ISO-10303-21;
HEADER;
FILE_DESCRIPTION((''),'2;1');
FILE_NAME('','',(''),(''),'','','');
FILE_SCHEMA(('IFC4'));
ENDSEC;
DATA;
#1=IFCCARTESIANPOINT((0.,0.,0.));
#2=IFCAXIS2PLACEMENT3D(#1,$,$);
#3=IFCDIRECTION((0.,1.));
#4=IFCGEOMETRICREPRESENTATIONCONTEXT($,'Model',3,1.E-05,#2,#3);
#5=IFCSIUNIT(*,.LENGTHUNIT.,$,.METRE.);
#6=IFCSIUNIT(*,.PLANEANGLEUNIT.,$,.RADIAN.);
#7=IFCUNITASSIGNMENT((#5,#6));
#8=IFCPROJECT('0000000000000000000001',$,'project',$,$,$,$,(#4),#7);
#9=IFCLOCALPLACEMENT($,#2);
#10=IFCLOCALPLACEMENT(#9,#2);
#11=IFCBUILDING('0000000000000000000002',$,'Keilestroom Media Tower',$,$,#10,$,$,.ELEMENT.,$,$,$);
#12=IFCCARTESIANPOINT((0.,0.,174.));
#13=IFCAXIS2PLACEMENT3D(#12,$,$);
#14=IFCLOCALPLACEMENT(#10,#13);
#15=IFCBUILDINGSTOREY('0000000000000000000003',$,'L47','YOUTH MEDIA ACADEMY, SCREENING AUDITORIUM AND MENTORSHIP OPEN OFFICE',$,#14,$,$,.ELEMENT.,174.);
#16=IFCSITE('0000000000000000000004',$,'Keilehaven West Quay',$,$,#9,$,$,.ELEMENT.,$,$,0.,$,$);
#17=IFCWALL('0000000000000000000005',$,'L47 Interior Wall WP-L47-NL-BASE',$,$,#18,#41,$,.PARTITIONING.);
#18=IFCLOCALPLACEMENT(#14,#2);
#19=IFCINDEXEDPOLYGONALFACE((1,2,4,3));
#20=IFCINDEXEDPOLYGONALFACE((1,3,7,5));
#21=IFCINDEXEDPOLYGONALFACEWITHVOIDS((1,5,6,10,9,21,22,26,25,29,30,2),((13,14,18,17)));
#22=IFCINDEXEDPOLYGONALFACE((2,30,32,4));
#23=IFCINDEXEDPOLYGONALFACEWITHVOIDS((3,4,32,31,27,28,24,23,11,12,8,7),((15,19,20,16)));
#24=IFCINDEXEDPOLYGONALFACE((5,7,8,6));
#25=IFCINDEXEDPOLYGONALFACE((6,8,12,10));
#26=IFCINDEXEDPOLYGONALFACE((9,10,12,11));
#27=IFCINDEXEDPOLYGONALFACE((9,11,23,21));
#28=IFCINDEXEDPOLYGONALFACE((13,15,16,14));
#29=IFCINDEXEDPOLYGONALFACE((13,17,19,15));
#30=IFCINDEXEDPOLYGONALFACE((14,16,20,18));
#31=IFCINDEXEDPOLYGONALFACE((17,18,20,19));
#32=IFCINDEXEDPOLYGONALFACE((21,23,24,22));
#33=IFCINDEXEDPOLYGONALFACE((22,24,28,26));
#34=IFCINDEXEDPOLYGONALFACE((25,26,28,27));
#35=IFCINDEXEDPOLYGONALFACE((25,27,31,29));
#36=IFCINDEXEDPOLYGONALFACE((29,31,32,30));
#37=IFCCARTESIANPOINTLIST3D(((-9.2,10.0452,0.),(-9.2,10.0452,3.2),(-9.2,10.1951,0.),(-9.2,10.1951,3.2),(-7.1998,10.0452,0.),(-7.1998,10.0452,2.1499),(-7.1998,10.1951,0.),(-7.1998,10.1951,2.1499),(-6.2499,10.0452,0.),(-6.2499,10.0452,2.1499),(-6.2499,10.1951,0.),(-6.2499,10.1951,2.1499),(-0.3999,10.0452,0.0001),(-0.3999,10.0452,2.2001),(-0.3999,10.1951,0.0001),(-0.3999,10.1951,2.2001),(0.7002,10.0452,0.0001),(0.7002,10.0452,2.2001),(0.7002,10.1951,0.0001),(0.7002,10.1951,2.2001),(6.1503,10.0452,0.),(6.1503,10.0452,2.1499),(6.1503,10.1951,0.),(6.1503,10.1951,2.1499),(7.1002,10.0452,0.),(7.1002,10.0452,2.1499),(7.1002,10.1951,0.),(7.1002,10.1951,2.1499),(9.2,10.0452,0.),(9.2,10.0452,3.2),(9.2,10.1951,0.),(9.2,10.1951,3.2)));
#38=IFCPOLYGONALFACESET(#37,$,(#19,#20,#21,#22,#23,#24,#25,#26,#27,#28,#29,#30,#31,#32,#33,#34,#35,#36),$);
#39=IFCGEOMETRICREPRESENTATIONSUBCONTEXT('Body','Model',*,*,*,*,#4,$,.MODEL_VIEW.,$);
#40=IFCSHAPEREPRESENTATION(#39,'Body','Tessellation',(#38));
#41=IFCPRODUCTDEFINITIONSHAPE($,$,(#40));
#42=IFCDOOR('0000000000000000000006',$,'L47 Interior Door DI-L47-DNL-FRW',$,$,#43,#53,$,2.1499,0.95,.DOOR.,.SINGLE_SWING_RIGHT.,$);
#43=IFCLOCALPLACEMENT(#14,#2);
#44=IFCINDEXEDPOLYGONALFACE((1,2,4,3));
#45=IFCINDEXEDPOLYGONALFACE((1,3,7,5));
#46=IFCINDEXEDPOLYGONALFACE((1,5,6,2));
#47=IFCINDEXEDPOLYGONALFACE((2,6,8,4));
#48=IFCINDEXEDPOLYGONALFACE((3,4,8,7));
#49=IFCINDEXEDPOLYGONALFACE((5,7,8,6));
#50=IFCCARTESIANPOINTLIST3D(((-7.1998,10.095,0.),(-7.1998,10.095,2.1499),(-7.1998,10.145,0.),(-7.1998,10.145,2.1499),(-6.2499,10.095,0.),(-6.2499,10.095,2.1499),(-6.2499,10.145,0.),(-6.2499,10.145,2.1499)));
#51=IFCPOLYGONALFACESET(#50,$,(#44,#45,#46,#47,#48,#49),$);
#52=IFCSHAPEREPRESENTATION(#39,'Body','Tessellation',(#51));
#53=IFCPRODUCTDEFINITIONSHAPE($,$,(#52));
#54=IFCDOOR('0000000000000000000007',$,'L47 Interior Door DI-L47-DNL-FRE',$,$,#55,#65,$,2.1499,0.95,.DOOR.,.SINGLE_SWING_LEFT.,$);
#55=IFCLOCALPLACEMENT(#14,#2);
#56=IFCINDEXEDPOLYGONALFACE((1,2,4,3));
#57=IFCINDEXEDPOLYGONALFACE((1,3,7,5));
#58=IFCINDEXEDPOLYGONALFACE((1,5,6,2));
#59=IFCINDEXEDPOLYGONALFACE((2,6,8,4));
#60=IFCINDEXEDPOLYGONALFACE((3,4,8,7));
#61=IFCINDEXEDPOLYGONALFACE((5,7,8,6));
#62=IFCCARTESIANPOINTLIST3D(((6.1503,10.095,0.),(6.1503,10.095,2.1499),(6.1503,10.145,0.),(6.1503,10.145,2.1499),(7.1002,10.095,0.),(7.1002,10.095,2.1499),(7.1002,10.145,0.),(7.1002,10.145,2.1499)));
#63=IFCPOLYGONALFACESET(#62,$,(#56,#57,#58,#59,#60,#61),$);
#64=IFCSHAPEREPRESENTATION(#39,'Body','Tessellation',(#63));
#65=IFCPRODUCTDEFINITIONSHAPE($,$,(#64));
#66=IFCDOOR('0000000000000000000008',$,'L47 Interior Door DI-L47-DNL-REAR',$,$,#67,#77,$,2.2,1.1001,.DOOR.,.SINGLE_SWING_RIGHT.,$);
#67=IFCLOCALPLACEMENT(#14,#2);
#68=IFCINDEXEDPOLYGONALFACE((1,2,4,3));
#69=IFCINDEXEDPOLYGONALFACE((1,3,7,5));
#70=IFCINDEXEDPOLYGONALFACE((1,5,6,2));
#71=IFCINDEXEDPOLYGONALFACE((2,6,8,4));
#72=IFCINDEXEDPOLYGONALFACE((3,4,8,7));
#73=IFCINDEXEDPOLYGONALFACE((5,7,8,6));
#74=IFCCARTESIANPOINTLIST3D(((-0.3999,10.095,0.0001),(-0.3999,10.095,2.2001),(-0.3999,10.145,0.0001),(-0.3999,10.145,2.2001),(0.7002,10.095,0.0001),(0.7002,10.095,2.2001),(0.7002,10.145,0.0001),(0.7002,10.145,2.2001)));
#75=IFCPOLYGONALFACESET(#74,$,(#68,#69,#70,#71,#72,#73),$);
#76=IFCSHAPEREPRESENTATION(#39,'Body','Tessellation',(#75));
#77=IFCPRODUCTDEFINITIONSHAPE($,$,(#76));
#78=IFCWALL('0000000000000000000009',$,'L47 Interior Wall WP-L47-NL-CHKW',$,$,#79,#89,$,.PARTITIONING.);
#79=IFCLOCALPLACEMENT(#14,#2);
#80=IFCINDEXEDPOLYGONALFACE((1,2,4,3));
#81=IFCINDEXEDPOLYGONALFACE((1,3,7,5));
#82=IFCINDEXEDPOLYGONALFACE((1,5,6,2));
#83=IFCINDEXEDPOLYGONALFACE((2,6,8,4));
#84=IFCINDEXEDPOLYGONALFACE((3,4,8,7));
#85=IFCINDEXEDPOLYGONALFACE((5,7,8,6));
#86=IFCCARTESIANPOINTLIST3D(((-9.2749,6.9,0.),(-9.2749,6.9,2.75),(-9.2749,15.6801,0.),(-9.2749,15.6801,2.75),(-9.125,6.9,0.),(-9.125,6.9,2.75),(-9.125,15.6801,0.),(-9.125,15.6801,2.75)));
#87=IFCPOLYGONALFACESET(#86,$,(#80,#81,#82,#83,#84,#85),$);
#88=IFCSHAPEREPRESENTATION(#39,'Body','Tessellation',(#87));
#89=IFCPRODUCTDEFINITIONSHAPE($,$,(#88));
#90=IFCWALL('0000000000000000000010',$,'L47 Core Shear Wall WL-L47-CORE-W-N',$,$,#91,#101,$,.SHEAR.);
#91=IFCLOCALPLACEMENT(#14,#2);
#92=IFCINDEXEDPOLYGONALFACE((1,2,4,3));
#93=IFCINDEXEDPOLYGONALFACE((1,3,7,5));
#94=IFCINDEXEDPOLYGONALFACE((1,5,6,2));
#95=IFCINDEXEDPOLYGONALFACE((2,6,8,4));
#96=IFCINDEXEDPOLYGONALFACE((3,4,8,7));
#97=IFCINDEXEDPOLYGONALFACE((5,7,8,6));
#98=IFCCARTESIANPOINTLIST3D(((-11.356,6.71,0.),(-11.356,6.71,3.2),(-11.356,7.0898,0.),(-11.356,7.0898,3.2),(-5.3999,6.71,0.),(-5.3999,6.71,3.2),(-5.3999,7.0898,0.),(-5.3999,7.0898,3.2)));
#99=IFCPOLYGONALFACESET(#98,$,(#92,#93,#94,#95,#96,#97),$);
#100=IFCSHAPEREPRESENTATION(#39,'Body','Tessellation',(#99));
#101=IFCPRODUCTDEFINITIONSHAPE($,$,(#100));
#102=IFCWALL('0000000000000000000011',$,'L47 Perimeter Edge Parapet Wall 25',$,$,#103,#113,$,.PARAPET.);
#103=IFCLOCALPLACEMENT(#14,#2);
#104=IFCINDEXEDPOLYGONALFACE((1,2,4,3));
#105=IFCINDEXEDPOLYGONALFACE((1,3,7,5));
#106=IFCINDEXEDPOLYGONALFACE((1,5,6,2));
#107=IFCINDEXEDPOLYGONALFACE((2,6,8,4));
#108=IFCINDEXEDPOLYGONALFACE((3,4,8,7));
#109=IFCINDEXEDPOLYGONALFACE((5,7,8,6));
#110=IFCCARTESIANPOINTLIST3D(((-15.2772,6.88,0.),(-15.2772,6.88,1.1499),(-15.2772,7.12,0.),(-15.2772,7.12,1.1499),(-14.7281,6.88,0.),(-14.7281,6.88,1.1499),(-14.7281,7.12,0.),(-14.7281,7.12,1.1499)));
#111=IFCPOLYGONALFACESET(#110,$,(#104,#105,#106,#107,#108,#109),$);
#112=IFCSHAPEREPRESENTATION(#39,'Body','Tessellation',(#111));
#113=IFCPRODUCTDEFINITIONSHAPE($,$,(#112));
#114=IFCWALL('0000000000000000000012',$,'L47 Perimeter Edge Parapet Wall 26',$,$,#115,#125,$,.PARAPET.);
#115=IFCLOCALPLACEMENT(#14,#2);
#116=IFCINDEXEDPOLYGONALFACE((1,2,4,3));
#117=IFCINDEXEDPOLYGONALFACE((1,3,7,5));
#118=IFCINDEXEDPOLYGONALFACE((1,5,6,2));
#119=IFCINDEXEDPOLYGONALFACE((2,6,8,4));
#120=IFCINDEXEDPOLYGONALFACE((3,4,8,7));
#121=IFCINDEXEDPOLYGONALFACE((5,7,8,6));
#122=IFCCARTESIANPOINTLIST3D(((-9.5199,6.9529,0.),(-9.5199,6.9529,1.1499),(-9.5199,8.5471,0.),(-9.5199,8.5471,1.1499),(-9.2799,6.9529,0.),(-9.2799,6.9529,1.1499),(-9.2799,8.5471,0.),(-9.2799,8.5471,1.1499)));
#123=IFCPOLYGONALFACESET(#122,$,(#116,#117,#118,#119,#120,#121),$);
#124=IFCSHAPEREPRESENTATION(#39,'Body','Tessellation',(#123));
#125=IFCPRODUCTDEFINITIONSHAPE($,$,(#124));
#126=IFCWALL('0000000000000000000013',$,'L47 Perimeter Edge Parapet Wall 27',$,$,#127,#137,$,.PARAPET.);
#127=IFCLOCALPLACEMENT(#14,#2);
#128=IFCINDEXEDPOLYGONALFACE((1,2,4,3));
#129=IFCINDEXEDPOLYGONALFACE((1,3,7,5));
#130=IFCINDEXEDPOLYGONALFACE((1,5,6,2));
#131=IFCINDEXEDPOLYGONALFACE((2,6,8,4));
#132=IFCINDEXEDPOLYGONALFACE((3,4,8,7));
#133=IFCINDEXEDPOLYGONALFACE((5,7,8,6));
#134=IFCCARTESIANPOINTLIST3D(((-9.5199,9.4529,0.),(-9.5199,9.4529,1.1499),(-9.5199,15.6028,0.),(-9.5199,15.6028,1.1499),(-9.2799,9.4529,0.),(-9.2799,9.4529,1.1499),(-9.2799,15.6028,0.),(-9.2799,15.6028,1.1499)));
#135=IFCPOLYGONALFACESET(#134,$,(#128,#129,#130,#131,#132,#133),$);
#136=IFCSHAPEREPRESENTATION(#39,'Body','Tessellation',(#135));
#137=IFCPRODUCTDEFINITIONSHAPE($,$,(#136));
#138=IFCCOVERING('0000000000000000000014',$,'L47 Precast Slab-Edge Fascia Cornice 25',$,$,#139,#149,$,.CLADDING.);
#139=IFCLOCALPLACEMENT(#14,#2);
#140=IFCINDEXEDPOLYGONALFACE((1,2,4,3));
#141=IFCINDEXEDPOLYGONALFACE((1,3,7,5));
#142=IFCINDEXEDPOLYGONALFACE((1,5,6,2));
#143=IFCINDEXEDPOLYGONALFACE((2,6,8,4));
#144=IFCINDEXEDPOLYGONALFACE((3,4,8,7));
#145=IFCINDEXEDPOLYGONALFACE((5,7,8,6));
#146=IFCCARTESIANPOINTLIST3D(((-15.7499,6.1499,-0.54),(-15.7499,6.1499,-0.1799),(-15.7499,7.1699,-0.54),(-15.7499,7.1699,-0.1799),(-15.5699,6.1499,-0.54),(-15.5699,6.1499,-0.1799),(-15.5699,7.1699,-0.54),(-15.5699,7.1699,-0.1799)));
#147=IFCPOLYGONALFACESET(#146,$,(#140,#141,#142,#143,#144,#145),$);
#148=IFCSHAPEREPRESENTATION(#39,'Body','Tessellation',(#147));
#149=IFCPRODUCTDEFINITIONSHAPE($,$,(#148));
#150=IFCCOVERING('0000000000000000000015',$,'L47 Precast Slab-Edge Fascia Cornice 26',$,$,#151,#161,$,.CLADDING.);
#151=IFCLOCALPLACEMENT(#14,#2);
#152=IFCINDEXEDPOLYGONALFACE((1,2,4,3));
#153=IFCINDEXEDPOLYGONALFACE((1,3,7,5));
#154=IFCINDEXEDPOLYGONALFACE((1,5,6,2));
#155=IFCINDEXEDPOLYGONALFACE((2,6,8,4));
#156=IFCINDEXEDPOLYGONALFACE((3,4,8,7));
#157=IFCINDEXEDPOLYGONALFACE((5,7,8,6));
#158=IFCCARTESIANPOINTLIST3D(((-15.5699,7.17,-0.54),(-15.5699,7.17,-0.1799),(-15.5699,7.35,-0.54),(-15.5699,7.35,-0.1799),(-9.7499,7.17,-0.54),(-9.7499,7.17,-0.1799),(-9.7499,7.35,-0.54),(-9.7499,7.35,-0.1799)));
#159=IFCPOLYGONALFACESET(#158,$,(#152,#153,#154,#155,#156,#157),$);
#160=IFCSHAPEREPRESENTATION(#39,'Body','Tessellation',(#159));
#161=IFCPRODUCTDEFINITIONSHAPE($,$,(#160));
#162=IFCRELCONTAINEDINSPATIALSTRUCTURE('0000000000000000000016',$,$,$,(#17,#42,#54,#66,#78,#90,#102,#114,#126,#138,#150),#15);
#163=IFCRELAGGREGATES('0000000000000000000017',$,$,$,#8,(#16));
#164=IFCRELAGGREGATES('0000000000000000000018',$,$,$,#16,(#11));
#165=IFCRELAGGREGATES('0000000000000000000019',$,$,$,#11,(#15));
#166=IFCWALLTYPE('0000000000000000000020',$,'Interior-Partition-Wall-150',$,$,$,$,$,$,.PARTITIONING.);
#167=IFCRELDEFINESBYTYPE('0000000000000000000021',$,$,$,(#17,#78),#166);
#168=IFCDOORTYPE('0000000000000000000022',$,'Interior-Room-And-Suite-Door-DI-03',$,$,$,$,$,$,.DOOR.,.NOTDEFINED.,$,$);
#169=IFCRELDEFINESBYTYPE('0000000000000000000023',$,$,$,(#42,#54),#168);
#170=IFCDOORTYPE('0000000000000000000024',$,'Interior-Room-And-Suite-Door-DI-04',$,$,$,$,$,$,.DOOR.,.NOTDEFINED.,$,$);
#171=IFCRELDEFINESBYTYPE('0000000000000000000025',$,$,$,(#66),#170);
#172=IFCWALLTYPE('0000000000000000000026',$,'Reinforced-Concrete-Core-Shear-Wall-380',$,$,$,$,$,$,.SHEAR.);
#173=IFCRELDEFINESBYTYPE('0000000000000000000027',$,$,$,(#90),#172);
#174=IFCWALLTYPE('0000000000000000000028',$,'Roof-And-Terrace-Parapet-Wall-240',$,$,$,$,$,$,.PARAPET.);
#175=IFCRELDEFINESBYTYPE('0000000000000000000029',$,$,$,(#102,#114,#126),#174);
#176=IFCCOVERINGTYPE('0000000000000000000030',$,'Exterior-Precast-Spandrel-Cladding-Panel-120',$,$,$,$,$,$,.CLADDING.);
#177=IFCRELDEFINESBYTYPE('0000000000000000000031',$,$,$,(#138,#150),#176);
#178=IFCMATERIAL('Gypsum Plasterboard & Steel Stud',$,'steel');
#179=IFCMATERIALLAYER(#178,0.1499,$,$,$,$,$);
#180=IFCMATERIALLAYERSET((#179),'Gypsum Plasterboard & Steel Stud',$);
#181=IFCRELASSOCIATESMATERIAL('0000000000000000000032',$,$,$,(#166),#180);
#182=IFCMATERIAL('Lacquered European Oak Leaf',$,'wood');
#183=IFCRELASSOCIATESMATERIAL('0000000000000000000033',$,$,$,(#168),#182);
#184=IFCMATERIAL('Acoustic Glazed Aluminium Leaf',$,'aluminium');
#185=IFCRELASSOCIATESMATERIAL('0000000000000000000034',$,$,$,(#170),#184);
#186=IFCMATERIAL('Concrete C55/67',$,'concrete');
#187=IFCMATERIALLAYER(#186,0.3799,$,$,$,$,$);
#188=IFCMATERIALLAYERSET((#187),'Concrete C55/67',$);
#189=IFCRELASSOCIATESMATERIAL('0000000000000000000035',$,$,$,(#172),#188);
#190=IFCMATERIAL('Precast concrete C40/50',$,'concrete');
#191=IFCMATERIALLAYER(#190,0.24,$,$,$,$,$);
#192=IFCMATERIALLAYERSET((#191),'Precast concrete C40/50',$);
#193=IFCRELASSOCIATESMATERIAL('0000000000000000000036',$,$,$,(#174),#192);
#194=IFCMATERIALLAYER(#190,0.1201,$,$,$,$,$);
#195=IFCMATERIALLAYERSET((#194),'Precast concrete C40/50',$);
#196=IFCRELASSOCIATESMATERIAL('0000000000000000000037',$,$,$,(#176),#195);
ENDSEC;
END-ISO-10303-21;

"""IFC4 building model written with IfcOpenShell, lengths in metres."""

from ifc_helpers import new_model, si_unit, direction, frame, frame_2d, origin, origin_2d, place, context, subcontext, project, spatial, rectangle, extrude, source, transform, mapped, material, layer, layer_set, type_object, element, fill, save


model = new_model("IFC4")

# Units and contexts
model_context = context("Model", 3, precision=1e-05, world=origin(), true_north=direction((0.0, 1.0)))
body_context = subcontext(model_context, "Body", "Model", "MODEL_VIEW")
ifc_project = project(units=[si_unit("LENGTHUNIT", "METRE"), si_unit("PLANEANGLEUNIT", "RADIAN")], contexts=[model_context])

# Site, building, storey
site_placement = place(None, origin())
site = spatial("IfcSite", under=ifc_project, at=site_placement, Name="Keilehaven West Quay", CompositionType="ELEMENT", RefElevation=0.0)
building_placement = place(site_placement, origin())
building = spatial("IfcBuilding", under=site, at=building_placement, Name="Keilestroom Media Tower", CompositionType="ELEMENT")
storey_placement = place(building_placement, frame((0.0, 0.0, 174.0)))
storey = spatial("IfcBuildingStorey", under=building, at=storey_placement, Name="L47", Description="YOUTH MEDIA ACADEMY, SCREENING AUDITORIUM AND MENTORSHIP OPEN OFFICE", CompositionType="ELEMENT", Elevation=174.0)

# Shared definitions
ifc_material_1 = material(Name="Precast concrete C40/50", Category="concrete")
ifc_material_2 = material(Name="Concrete C55/67", Category="concrete")

# Shared definitions
ifc_material_3 = material(Name="Gypsum Plasterboard & Steel Stud", Category="steel")

# Wall, openings, doors
ifc_layer_1 = layer(ifc_material_3, 0.1499)
ifc_layer_set_1 = layer_set([ifc_layer_1], Name="Gypsum Plasterboard & Steel Stud")
wall_type_1 = type_object("IfcWallType", Name="Interior-Partition-Wall-150", PredefinedType="PARTITIONING", material=ifc_layer_set_1)
wall_1_placement = place(storey_placement, frame((-9.2, 10.1201, 0.0), z_axis=(0.0, 0.0, 1.0), x_axis=(1.0, 0.0, 0.0)))
wall_1 = element("IfcWall", 1, at=wall_1_placement, inside=storey, type_object=wall_type_1, Name="L47 Interior Wall WP-L47-NL-BASE", PredefinedType="PARTITIONING", context=body_context, shape_type="SweptSolid", body=[
    extrude(rectangle(XDim=18.3999, YDim=0.1499, at=frame_2d((9.2, 0.0))), origin(), (0.0, 0.0, 1.0), 3.2),
])
opening_1_placement = place(wall_1_placement, frame((2.0, 0.0, 0.0)))
opening_1 = element("IfcOpeningElement", 2, at=opening_1_placement, cuts=wall_1, PredefinedType="OPENING", context=body_context, shape_type="SweptSolid", body=[
    extrude(rectangle(XDim=0.95, YDim=2.1499, at=frame_2d((0.4751, 1.075))), frame((0.0, 0.085, 0.0), z_axis=(0.0, -1.0, 0.0), x_axis=(1.0, 0.0, 0.0)), (0.0, 0.0, 1.0), 0.1699),
])
opening_2_placement = place(wall_1_placement, frame((15.3501, 0.0, 0.0)))
opening_2 = element("IfcOpeningElement", 3, at=opening_2_placement, cuts=wall_1, PredefinedType="OPENING", context=body_context, shape_type="SweptSolid", body=[
    extrude(rectangle(XDim=0.95, YDim=2.1499, at=frame_2d((0.4751, 1.075))), frame((0.0, 0.085, 0.0), z_axis=(0.0, -1.0, 0.0), x_axis=(1.0, 0.0, 0.0)), (0.0, 0.0, 1.0), 0.1699),
])
opening_3_placement = place(wall_1_placement, frame((8.8, 0.0, 0.0)))
opening_3 = element("IfcOpeningElement", 4, at=opening_3_placement, cuts=wall_1, PredefinedType="OPENING", context=body_context, shape_type="SweptSolid", body=[
    extrude(rectangle(XDim=1.1001, YDim=2.2, at=frame_2d((0.55, 1.1001))), frame((0.0, 0.085, 0.0), z_axis=(0.0, -1.0, 0.0), x_axis=(1.0, 0.0, 0.0)), (0.0, 0.0, 1.0), 0.1699),
])
ifc_material_4 = material(Name="Lacquered European Oak Leaf", Category="wood")
door_type_1 = type_object("IfcDoorType", Name="Interior-Room-And-Suite-Door-DI-03", OperationType="NOTDEFINED", PredefinedType="DOOR", material=ifc_material_4)
shared_shape_1 = source(origin(), body_context, "Body", "SweptSolid", [
    extrude(rectangle(XDim=0.95, YDim=2.1499, at=frame_2d((0.4751, 1.075))), frame((0.0, 0.0249, 0.0), z_axis=(0.0, -1.0, 0.0), x_axis=(1.0, 0.0, 0.0)), (0.0, 0.0, 1.0), 0.05),
])
door_1_placement = place(opening_1_placement, origin())
door_1 = element("IfcDoor", 5, at=door_1_placement, inside=storey, type_object=door_type_1, Name="L47 Interior Door DI-L47-DNL-FRW", OperationType="SINGLE_SWING_RIGHT", OverallHeight=2.1499, OverallWidth=0.95, PredefinedType="DOOR", context=body_context, shape_type="MappedRepresentation", body=[
    mapped(shared_shape_1, transform((0.0, 0.0, 0.0), x_axis=(1.0, 0.0, 0.0), y_axis=(0.0, 1.0, 0.0), z_axis=(0.0, 0.0, 1.0), scale=1.0)),
])
fill(opening_1, door_1)
door_2_placement = place(opening_2_placement, origin())
door_2 = element("IfcDoor", 6, at=door_2_placement, inside=storey, type_object=door_type_1, Name="L47 Interior Door DI-L47-DNL-FRE", OperationType="SINGLE_SWING_LEFT", OverallHeight=2.1499, OverallWidth=0.95, PredefinedType="DOOR", context=body_context, shape_type="MappedRepresentation", body=[
    mapped(shared_shape_1, transform((0.0, 0.0, 0.0), x_axis=(1.0, 0.0, 0.0), y_axis=(0.0, 1.0, 0.0), z_axis=(0.0, 0.0, 1.0), scale=1.0)),
])
fill(opening_2, door_2)
ifc_material_5 = material(Name="Acoustic Glazed Aluminium Leaf", Category="aluminium")
door_type_2 = type_object("IfcDoorType", Name="Interior-Room-And-Suite-Door-DI-04", OperationType="NOTDEFINED", PredefinedType="DOOR", material=ifc_material_5)
shared_shape_2 = source(origin(), body_context, "Body", "SweptSolid", [
    extrude(rectangle(XDim=1.1001, YDim=2.2, at=frame_2d((0.55, 1.1001))), frame((0.0, 0.0249, 0.0), z_axis=(0.0, -1.0, 0.0), x_axis=(1.0, 0.0, 0.0)), (0.0, 0.0, 1.0), 0.05),
])
door_3_placement = place(opening_3_placement, origin())
door_3 = element("IfcDoor", 7, at=door_3_placement, inside=storey, type_object=door_type_2, Name="L47 Interior Door DI-L47-DNL-REAR", OperationType="SINGLE_SWING_RIGHT", OverallHeight=2.2, OverallWidth=1.1001, PredefinedType="DOOR", context=body_context, shape_type="MappedRepresentation", body=[
    mapped(shared_shape_2, transform((0.0, 0.0, 0.0), x_axis=(1.0, 0.0, 0.0), y_axis=(0.0, 1.0, 0.0), z_axis=(0.0, 0.0, 1.0), scale=1.0)),
])
fill(opening_3, door_3)

# Walls
wall_2_placement = place(storey_placement, frame((-9.2, 6.8999, 0.0), z_axis=(0.0, 0.0, 1.0), x_axis=(0.0, 1.0, 0.0)))
element("IfcWall", 8, at=wall_2_placement, inside=storey, type_object=wall_type_1, Name="L47 Interior Wall WP-L47-NL-CHKW", PredefinedType="PARTITIONING", context=body_context, shape_type="SweptSolid", body=[
    extrude(rectangle(XDim=8.78, YDim=0.1499, at=frame_2d((4.3901, 0.0))), origin(), (0.0, 0.0, 1.0), 2.75),
])
ifc_layer_2 = layer(ifc_material_2, 0.3799)
ifc_layer_set_2 = layer_set([ifc_layer_2], Name="Concrete C55/67")
wall_type_2 = type_object("IfcWallType", Name="Reinforced-Concrete-Core-Shear-Wall-380", PredefinedType="SHEAR", material=ifc_layer_set_2)
wall_3_placement = place(storey_placement, frame((-11.356, 6.8999, 0.0), z_axis=(0.0, 0.0, 1.0), x_axis=(1.0, 0.0, 0.0)))
element("IfcWall", 9, at=wall_3_placement, inside=storey, type_object=wall_type_2, Name="L47 Core Shear Wall WL-L47-CORE-W-N", PredefinedType="SHEAR", context=body_context, shape_type="SweptSolid", body=[
    extrude(rectangle(XDim=5.9561, YDim=0.3799, at=frame_2d((2.978, 0.0))), origin(), (0.0, 0.0, 1.0), 3.2),
])
ifc_layer_3 = layer(ifc_material_1, 0.24)
ifc_layer_set_3 = layer_set([ifc_layer_3], Name="Precast concrete C40/50")
wall_type_3 = type_object("IfcWallType", Name="Roof-And-Terrace-Parapet-Wall-240", PredefinedType="PARAPET", material=ifc_layer_set_3)
wall_4_placement = place(storey_placement, frame((-15.2771, 7.0, 0.0), z_axis=(0.0, 0.0, 1.0), x_axis=(1.0, 0.0, 0.0)))
element("IfcWall", 10, at=wall_4_placement, inside=storey, type_object=wall_type_3, Name="L47 Perimeter Edge Parapet Wall 25", PredefinedType="PARAPET", context=body_context, shape_type="SweptSolid", body=[
    extrude(rectangle(XDim=0.5491, YDim=0.24, at=frame_2d((0.2744, 0.0))), origin(), (0.0, 0.0, 1.0), 1.1499),
])
wall_5_placement = place(storey_placement, frame((-9.3999, 6.9529, 0.0), z_axis=(0.0, 0.0, 1.0), x_axis=(0.0, 1.0, 0.0)))
element("IfcWall", 11, at=wall_5_placement, inside=storey, type_object=wall_type_3, Name="L47 Perimeter Edge Parapet Wall 26", PredefinedType="PARAPET", context=body_context, shape_type="SweptSolid", body=[
    extrude(rectangle(XDim=1.5942, YDim=0.24, at=frame_2d((0.7971, 0.0))), origin(), (0.0, 0.0, 1.0), 1.1499),
])
wall_6_placement = place(storey_placement, frame((-9.3999, 9.4529, 0.0), z_axis=(0.0, 0.0, 1.0), x_axis=(0.0, 1.0, 0.0)))
element("IfcWall", 12, at=wall_6_placement, inside=storey, type_object=wall_type_3, Name="L47 Perimeter Edge Parapet Wall 27", PredefinedType="PARAPET", context=body_context, shape_type="SweptSolid", body=[
    extrude(rectangle(XDim=6.1499, YDim=0.24, at=frame_2d((3.075, 0.0))), origin(), (0.0, 0.0, 1.0), 1.1499),
])

# Coverings
ifc_layer_4 = layer(ifc_material_1, 0.1201)
ifc_layer_set_4 = layer_set([ifc_layer_4], Name="Precast concrete C40/50")
covering_type = type_object("IfcCoveringType", Name="Exterior-Precast-Spandrel-Cladding-Panel-120", PredefinedType="CLADDING", material=ifc_layer_set_4)
shared_shape_3 = source(origin(), body_context, "Body", "SweptSolid", [
    extrude(rectangle(XDim=1.02, YDim=0.1799, at=origin_2d()), origin(), (0.0, 0.0, 1.0), 0.3601),
])
covering_1_placement = place(storey_placement, frame((-15.6599, 6.6599, -0.54), z_axis=(0.0, 0.0, 1.0), x_axis=(0.0, 1.0, 0.0)))
element("IfcCovering", 13, at=covering_1_placement, inside=storey, type_object=covering_type, Name="L47 Precast Slab-Edge Fascia Cornice 25", PredefinedType="CLADDING", context=body_context, shape_type="MappedRepresentation", body=[
    mapped(shared_shape_3, transform((0.0, 0.0, 0.0), x_axis=(1.0, 0.0, 0.0), y_axis=(0.0, 1.0, 0.0), z_axis=(0.0, 0.0, 1.0), scale=1.0)),
])
shared_shape_4 = source(origin(), body_context, "Body", "SweptSolid", [
    extrude(rectangle(XDim=5.8201, YDim=0.1799, at=origin_2d()), origin(), (0.0, 0.0, 1.0), 0.3601),
])
covering_2_placement = place(storey_placement, frame((-12.6599, 7.26, -0.54), z_axis=(0.0, 0.0, 1.0), x_axis=(1.0, 0.0, 0.0)))
element("IfcCovering", 14, at=covering_2_placement, inside=storey, type_object=covering_type, Name="L47 Precast Slab-Edge Fascia Cornice 26", PredefinedType="CLADDING", context=body_context, shape_type="MappedRepresentation", body=[
    mapped(shared_shape_4, transform((0.0, 0.0, 0.0), x_axis=(1.0, 0.0, 0.0), y_axis=(0.0, 1.0, 0.0), z_axis=(0.0, 0.0, 1.0), scale=1.0)),
])

save(model, "model.ifc")
